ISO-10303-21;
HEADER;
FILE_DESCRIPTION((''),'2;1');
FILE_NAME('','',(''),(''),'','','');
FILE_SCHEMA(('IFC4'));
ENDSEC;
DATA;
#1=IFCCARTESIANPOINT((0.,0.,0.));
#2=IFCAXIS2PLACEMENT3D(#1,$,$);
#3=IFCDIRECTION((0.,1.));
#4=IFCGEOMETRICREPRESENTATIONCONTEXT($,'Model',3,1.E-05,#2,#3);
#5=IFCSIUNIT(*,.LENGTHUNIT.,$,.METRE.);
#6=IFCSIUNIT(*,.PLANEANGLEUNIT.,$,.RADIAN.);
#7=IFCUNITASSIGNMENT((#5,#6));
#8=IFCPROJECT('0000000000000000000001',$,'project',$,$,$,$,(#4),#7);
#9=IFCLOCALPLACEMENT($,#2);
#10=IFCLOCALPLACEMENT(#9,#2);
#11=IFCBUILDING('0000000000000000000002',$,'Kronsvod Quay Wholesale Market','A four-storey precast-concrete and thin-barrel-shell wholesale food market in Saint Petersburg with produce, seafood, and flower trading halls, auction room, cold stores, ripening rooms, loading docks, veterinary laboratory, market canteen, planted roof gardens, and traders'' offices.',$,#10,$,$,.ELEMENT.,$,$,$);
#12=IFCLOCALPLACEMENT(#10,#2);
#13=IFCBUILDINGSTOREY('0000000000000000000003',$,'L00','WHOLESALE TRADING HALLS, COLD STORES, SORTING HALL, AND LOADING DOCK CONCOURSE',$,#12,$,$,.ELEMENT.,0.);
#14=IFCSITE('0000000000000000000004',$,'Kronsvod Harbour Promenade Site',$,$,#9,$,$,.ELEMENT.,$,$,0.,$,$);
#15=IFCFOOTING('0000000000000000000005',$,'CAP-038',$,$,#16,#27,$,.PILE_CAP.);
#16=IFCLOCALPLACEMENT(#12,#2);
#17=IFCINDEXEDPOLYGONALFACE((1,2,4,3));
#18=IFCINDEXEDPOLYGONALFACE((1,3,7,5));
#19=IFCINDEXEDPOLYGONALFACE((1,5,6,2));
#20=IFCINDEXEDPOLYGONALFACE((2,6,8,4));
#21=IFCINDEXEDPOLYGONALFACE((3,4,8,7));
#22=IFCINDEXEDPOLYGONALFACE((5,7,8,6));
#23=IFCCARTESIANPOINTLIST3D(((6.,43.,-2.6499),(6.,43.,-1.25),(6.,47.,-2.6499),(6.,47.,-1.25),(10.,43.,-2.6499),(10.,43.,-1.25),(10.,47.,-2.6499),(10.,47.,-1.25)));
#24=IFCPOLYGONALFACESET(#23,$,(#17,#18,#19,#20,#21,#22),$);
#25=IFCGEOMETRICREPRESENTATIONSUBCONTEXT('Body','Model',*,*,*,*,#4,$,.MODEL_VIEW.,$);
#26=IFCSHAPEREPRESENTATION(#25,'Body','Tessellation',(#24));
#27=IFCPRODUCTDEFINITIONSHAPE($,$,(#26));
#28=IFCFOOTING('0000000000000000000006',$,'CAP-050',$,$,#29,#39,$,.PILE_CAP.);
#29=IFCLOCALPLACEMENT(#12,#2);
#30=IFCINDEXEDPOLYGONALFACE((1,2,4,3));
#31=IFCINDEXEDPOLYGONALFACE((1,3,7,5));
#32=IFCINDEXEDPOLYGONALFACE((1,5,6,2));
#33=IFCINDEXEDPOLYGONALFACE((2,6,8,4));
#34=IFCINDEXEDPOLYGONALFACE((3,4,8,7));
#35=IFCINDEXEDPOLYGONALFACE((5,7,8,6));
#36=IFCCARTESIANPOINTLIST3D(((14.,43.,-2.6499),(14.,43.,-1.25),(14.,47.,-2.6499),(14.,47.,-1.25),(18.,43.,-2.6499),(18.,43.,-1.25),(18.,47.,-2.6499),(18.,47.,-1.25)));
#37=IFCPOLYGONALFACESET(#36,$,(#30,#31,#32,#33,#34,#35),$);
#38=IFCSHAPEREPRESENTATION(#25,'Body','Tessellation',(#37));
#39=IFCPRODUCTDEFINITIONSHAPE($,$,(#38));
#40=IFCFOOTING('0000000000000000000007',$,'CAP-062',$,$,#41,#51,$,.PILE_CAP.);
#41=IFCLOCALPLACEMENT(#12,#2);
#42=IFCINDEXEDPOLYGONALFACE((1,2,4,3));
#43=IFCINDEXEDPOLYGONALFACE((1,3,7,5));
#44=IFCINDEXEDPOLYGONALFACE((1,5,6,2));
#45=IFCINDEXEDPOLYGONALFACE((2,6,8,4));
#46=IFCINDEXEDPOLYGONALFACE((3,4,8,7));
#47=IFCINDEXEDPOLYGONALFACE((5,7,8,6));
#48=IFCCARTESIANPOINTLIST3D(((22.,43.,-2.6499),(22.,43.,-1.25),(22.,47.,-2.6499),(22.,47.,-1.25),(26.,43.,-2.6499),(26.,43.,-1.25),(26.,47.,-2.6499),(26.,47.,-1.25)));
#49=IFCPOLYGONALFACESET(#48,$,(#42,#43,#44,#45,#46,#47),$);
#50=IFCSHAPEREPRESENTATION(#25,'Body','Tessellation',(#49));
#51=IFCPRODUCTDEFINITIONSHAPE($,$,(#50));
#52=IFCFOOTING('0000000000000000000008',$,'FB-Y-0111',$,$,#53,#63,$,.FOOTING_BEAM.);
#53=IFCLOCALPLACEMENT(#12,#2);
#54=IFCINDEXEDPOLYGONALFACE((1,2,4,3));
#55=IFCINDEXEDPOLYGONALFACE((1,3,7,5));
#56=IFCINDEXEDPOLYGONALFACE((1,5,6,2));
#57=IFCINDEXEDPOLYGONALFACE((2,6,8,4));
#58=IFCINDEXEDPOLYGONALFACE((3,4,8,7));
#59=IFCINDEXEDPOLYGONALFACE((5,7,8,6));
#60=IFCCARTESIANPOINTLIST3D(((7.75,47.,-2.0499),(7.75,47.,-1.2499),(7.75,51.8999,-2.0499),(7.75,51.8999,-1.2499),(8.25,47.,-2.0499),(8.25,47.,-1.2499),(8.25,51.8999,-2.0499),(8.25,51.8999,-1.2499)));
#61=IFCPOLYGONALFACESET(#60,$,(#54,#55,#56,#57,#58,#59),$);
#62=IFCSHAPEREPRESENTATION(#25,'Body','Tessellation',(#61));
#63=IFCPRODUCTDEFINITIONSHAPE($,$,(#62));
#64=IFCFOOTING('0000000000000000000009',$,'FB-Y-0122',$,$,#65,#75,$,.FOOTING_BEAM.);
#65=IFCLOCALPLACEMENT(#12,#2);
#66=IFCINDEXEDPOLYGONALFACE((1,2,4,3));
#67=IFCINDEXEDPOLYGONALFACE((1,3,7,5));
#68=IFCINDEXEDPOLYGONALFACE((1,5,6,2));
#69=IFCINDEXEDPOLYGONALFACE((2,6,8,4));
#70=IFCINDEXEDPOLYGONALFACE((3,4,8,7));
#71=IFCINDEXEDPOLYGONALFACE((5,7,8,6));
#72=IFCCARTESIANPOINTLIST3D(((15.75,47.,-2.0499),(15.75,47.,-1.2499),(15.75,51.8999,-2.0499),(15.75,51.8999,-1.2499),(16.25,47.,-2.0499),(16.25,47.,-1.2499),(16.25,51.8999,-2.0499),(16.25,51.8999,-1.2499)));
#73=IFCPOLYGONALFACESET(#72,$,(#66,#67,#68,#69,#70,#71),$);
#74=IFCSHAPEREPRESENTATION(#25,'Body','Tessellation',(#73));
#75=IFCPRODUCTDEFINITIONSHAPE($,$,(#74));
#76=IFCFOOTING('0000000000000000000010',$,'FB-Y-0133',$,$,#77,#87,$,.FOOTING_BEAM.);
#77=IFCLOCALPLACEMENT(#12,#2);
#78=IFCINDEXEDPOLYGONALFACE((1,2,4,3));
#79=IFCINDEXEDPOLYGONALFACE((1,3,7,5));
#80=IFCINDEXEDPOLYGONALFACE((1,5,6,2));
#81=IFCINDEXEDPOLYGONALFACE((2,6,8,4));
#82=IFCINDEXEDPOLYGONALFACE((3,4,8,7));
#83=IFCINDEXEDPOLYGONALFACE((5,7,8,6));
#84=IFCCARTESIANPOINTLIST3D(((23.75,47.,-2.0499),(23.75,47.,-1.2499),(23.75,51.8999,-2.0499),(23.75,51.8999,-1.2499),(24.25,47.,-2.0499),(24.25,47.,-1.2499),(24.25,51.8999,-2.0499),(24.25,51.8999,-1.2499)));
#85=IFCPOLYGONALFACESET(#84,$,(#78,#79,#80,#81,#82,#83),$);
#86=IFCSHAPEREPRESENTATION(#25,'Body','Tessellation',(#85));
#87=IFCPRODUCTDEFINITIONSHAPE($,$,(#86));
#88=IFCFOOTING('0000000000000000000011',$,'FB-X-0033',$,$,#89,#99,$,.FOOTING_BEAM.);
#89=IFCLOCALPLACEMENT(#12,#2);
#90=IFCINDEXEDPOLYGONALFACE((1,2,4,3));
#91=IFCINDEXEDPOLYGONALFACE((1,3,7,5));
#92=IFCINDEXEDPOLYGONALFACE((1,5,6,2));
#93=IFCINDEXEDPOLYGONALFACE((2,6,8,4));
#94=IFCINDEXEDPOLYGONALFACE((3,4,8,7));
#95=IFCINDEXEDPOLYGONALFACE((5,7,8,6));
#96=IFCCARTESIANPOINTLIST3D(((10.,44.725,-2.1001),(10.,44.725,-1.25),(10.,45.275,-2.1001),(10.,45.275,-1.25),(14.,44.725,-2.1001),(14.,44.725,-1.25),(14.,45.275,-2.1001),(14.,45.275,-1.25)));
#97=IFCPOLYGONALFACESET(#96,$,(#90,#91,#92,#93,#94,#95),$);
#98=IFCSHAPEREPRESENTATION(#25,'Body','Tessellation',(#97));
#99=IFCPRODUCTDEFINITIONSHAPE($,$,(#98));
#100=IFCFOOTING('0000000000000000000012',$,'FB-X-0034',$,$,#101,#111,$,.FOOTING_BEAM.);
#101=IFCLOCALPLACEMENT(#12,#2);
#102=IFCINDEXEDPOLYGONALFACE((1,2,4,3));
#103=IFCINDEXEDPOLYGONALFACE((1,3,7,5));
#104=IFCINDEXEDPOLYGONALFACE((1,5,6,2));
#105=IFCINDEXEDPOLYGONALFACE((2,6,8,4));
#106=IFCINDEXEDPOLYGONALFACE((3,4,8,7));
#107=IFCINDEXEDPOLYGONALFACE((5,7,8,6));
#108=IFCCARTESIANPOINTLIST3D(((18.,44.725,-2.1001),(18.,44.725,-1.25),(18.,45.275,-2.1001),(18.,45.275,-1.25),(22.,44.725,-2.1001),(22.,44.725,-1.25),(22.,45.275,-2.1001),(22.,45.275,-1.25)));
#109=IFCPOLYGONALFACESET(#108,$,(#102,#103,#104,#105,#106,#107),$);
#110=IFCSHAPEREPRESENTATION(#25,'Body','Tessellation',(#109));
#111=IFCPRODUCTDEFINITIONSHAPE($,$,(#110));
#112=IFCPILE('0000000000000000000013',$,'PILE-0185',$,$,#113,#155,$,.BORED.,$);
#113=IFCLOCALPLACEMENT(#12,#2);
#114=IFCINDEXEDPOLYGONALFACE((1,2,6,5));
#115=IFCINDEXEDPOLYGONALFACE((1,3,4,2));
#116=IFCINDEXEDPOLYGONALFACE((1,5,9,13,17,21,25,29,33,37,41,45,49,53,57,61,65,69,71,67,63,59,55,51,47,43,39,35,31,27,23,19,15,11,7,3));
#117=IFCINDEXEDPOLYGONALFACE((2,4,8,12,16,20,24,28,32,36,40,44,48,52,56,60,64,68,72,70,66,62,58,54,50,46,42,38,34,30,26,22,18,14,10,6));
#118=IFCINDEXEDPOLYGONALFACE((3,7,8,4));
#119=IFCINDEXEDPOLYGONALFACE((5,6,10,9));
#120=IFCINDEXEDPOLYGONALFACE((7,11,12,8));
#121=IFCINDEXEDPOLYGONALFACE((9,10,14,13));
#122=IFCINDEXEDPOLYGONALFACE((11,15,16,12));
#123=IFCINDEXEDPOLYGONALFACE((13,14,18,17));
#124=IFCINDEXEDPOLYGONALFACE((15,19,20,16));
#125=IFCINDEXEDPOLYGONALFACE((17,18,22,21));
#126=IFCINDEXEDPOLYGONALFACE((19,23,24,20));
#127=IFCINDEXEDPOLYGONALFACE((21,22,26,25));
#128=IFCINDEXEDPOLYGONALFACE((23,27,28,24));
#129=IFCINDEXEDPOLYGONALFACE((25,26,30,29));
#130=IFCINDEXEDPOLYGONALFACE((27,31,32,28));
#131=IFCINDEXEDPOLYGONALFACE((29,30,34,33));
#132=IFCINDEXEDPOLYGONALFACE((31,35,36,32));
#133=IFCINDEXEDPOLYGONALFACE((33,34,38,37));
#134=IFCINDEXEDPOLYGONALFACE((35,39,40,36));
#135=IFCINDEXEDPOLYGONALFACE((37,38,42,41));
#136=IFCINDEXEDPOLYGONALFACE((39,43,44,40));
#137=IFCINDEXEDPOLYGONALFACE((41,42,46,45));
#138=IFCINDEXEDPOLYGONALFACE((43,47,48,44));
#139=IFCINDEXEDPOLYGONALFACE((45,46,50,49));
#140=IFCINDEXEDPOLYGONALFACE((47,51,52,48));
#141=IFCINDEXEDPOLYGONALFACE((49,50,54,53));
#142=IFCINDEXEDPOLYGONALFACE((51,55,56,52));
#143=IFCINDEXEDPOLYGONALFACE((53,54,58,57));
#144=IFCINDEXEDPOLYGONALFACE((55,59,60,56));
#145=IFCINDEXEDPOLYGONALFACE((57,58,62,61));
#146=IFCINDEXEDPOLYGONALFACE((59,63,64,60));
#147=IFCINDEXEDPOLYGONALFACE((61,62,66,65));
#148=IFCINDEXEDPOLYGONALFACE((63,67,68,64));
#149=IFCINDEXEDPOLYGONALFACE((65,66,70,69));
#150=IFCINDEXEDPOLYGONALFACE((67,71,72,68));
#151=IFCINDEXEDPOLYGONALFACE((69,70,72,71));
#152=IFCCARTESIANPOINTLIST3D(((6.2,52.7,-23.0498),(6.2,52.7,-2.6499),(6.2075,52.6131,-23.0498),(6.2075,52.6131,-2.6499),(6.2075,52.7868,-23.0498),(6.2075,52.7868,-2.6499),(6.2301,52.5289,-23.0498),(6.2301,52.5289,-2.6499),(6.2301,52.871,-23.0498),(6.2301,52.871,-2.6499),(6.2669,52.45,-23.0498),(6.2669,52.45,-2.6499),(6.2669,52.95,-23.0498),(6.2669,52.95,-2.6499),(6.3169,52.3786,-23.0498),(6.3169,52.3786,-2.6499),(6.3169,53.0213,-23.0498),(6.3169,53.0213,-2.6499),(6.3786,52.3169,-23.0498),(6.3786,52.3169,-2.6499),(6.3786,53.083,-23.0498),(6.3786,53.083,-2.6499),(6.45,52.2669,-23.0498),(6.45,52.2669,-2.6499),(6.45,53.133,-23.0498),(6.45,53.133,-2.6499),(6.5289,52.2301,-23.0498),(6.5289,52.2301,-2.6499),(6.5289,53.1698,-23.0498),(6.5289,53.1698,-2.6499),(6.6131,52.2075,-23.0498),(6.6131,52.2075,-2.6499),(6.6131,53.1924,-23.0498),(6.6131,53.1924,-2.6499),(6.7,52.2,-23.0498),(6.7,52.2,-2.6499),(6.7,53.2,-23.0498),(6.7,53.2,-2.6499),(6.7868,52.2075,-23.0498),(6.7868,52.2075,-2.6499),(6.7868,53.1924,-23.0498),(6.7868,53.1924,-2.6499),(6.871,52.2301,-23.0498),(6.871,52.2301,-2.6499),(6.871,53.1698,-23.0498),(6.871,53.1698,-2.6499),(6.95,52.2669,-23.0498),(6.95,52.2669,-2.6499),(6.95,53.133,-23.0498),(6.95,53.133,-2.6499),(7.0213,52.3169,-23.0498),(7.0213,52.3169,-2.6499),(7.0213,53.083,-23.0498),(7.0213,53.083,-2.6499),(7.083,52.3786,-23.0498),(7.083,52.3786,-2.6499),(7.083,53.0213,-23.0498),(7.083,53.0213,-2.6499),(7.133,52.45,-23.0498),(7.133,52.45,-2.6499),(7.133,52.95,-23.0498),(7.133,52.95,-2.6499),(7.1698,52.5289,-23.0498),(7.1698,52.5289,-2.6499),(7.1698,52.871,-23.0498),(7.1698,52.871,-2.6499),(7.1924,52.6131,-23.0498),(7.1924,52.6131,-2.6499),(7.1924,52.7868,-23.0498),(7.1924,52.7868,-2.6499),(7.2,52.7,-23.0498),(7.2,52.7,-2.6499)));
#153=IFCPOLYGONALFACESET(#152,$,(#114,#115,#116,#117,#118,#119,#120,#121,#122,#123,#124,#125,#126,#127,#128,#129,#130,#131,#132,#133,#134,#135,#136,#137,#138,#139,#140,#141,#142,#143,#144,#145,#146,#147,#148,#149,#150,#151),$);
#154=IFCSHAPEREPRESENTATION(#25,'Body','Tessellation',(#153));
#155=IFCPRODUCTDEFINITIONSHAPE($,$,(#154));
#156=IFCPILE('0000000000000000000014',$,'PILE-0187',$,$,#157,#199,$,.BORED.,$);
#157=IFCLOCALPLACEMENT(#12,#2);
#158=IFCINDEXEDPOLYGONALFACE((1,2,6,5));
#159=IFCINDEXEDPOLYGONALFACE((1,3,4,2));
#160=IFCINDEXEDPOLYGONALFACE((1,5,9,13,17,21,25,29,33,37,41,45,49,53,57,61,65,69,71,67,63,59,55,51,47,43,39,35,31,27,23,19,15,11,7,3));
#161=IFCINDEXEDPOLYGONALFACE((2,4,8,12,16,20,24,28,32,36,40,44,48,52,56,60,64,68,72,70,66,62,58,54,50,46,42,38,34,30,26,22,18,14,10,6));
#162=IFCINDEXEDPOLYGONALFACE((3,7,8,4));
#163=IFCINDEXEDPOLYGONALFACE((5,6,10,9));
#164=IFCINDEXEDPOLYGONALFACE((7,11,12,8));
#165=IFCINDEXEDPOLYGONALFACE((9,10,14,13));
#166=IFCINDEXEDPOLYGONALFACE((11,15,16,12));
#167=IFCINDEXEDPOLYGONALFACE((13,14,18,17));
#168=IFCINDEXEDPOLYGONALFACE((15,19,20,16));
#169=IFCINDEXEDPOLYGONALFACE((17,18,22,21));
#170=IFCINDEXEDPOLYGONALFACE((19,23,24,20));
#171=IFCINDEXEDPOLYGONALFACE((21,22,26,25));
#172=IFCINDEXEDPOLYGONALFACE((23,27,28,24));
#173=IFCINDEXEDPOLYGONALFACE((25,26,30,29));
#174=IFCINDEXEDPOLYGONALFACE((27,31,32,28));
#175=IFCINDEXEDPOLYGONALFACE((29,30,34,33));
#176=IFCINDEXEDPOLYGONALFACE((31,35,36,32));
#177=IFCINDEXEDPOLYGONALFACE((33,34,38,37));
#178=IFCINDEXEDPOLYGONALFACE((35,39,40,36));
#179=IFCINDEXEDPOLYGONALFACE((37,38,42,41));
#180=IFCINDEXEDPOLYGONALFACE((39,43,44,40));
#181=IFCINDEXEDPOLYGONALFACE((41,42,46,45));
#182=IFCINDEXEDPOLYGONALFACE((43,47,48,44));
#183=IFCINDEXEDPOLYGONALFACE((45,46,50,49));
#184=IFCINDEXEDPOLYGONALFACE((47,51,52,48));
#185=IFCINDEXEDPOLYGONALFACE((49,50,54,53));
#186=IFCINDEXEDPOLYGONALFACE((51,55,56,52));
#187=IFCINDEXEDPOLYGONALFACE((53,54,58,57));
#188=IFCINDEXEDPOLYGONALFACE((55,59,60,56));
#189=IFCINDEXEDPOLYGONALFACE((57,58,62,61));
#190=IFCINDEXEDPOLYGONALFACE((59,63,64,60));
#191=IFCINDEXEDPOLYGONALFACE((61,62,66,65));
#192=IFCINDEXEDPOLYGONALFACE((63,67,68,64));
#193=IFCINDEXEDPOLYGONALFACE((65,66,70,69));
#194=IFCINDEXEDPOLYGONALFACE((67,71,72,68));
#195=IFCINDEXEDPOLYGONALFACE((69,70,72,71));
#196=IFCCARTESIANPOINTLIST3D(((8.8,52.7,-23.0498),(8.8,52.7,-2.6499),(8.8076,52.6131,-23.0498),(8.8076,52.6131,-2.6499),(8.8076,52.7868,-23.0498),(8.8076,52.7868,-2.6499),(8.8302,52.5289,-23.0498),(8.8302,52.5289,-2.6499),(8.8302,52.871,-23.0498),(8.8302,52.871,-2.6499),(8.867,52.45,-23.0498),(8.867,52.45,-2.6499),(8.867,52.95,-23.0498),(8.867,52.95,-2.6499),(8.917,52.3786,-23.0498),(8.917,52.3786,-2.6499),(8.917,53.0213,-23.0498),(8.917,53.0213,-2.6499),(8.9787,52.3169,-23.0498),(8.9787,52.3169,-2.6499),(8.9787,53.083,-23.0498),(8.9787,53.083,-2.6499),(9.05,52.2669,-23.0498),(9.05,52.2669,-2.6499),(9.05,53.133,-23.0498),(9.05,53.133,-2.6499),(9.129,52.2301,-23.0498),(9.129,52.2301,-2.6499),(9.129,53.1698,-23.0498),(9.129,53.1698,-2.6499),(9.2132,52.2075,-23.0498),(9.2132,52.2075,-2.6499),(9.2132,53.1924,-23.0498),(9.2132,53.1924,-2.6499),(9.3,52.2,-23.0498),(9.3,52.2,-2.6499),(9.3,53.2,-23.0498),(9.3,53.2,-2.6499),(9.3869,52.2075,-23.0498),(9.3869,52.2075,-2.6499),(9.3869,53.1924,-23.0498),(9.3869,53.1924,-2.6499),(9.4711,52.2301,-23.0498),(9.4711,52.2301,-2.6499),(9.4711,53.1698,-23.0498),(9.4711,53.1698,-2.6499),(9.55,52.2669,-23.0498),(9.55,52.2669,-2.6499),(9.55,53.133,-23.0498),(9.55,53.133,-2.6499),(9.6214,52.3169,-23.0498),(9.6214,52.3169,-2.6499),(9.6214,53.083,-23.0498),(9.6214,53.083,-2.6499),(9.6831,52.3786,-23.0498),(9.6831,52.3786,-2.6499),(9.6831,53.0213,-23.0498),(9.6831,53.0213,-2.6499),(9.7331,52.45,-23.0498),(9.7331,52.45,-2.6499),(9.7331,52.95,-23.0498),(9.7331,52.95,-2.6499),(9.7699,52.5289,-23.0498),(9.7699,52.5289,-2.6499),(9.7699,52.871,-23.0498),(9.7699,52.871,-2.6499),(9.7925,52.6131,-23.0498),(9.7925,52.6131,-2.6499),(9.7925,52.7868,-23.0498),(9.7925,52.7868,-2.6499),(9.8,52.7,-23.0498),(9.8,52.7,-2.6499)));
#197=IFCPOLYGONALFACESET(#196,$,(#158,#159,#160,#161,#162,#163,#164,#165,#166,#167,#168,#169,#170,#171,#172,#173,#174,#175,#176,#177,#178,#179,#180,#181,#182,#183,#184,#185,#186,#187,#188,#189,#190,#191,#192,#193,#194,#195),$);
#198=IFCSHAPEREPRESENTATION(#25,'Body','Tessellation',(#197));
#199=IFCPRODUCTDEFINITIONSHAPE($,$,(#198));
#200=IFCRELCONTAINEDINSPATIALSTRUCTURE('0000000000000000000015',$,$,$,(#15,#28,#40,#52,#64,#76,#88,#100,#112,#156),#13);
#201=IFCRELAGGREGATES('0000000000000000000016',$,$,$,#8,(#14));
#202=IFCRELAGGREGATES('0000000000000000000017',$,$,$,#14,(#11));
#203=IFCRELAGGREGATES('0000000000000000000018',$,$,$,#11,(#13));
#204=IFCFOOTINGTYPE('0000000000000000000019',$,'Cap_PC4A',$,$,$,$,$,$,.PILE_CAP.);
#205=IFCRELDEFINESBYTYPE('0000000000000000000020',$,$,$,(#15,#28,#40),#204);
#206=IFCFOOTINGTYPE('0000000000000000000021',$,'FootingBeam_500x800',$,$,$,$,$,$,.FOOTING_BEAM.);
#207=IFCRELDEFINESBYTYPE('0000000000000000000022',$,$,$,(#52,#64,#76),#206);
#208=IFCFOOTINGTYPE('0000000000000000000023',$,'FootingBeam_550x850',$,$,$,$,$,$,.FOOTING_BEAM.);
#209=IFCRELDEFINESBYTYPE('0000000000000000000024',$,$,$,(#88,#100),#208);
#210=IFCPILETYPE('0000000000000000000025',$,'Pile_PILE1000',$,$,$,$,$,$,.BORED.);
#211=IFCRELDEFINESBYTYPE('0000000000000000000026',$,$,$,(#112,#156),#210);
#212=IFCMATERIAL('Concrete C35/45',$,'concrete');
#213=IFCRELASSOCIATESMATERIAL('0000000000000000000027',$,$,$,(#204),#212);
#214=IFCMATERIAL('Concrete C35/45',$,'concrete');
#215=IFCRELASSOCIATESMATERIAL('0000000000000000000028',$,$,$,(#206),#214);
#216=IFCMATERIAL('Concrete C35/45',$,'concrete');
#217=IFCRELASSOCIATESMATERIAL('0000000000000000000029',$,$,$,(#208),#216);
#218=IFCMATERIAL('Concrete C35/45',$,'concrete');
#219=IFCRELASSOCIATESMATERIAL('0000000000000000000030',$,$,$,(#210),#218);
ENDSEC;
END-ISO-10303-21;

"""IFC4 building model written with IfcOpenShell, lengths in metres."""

from ifc_helpers import new_model, si_unit, direction, frame, origin, origin_2d, place, context, subcontext, project, spatial, rectangle, circle, extrude, material, material_profile, profile_set, type_object, element, save


model = new_model("IFC4")

# Units and contexts
model_context = context("Model", 3, precision=1e-05, world=origin(), true_north=direction((0.0, 1.0)))
body_context = subcontext(model_context, "Body", "Model", "MODEL_VIEW")
ifc_project = project(units=[si_unit("LENGTHUNIT", "METRE"), si_unit("PLANEANGLEUNIT", "RADIAN")], contexts=[model_context])

# Site, building, storey
site_placement = place(None, origin())
site = spatial("IfcSite", under=ifc_project, at=site_placement, Name="Kronsvod Harbour Promenade Site", CompositionType="ELEMENT", RefElevation=0.0)
building_placement = place(site_placement, origin())
building = spatial("IfcBuilding", under=site, at=building_placement, Name="Kronsvod Quay Wholesale Market", Description="A four-storey precast-concrete and thin-barrel-shell wholesale food market in Saint Petersburg with produce, seafood, and flower trading halls, auction room, cold stores, ripening rooms, loading docks, veterinary laboratory, market canteen, planted roof gardens, and traders' offices.", CompositionType="ELEMENT")
storey_placement = place(building_placement, origin())
storey = spatial("IfcBuildingStorey", under=building, at=storey_placement, Name="L00", Description="WHOLESALE TRADING HALLS, COLD STORES, SORTING HALL, AND LOADING DOCK CONCOURSE", CompositionType="ELEMENT", Elevation=0.0)

# Footings
ifc_material_1 = material(Name="Concrete C35/45", Category="concrete")
footing_type_1 = type_object("IfcFootingType", Name="Cap_PC4A", PredefinedType="PILE_CAP", material=ifc_material_1)
for number, where, z_axis, x_axis, name in (
    (1, (8.0, 45.0, -2.6499), (0.0, 0.0, 1.0), (1.0, 0.0, 0.0), "CAP-038"),
    (2, (16.0, 45.0, -2.6499), (0.0, 0.0, 1.0), (1.0, 0.0, 0.0), "CAP-050"),
    (3, (24.0, 45.0, -2.6499), (0.0, 0.0, 1.0), (1.0, 0.0, 0.0), "CAP-062"),
):
    element("IfcFooting", number, at=place(storey_placement, frame(where, z_axis=z_axis, x_axis=x_axis)), inside=storey, type_object=footing_type_1, Name=name, PredefinedType="PILE_CAP", context=body_context, shape_type="SweptSolid", body=[
        extrude(rectangle(XDim=4.0, YDim=4.0, at=origin_2d()), origin(), (0.0, 0.0, 1.0), 1.3999),
    ])
ifc_material_2 = material(Name="Concrete C35/45", Category="concrete")
ifc_material_profile_1 = material_profile(ifc_material_2, rectangle(XDim=0.5, YDim=0.8, at=origin_2d()), Name="FB-01")
ifc_profile_set_1 = profile_set([ifc_material_profile_1], Name="Concrete C35/45")
footing_type_2 = type_object("IfcFootingType", Name="FootingBeam_500x800", PredefinedType="FOOTING_BEAM", material=ifc_profile_set_1)
for number, where, z_axis, x_axis, name in (
    (4, (8.0, 47.0, -1.6499), (0.0, 1.0, 0.0), (-1.0, 0.0, 0.0), "FB-Y-0111"),
    (5, (16.0, 47.0, -1.6499), (0.0, 1.0, 0.0), (-1.0, 0.0, 0.0), "FB-Y-0122"),
    (6, (24.0, 47.0, -1.6499), (0.0, 1.0, 0.0), (-1.0, 0.0, 0.0), "FB-Y-0133"),
):
    element("IfcFooting", number, at=place(storey_placement, frame(where, z_axis=z_axis, x_axis=x_axis)), inside=storey, type_object=footing_type_2, Name=name, PredefinedType="FOOTING_BEAM", context=body_context, shape_type="SweptSolid", body=[
        extrude(rectangle(XDim=0.5, YDim=0.8, at=origin_2d()), origin(), (0.0, 0.0, 1.0), 4.8999),
    ])
ifc_material_3 = material(Name="Concrete C35/45", Category="concrete")
ifc_material_profile_2 = material_profile(ifc_material_3, rectangle(XDim=0.55, YDim=0.8501, at=origin_2d()), Name="FB-03")
ifc_profile_set_2 = profile_set([ifc_material_profile_2], Name="Concrete C35/45")
footing_type_3 = type_object("IfcFootingType", Name="FootingBeam_550x850", PredefinedType="FOOTING_BEAM", material=ifc_profile_set_2)
for number, where, z_axis, x_axis, name in (
    (7, (10.0, 45.0, -1.675), (1.0, 0.0, 0.0), (0.0, 1.0, 0.0), "FB-X-0033"),
    (8, (18.0, 45.0, -1.675), (1.0, 0.0, 0.0), (0.0, 1.0, 0.0), "FB-X-0034"),
):
    element("IfcFooting", number, at=place(storey_placement, frame(where, z_axis=z_axis, x_axis=x_axis)), inside=storey, type_object=footing_type_3, Name=name, PredefinedType="FOOTING_BEAM", context=body_context, shape_type="SweptSolid", body=[
        extrude(rectangle(XDim=0.55, YDim=0.8501, at=origin_2d()), origin(), (0.0, 0.0, 1.0), 4.0),
    ])

# Piles
ifc_material_4 = material(Name="Concrete C35/45", Category="concrete")
ifc_material_profile_3 = material_profile(ifc_material_4, circle(Radius=0.5, at=origin_2d()), Name="PILE1000")
ifc_profile_set_3 = profile_set([ifc_material_profile_3], Name="Concrete C35/45")
pile_type_1 = type_object("IfcPileType", Name="Pile_PILE1000", PredefinedType="BORED", material=ifc_profile_set_3)
for number, where, z_axis, x_axis, name in (
    (9, (6.7, 52.7, -2.6499), (0.0, 0.0, -1.0), (1.0, 0.0, 0.0), "PILE-0185"),
    (10, (9.3, 52.7, -2.6499), (0.0, 0.0, -1.0), (1.0, 0.0, 0.0), "PILE-0187"),
):
    element("IfcPile", number, at=place(storey_placement, frame(where, z_axis=z_axis, x_axis=x_axis)), inside=storey, type_object=pile_type_1, Name=name, PredefinedType="BORED", context=body_context, shape_type="SweptSolid", body=[
        extrude(circle(Radius=0.5, at=origin_2d()), origin(), (0.0, 0.0, 1.0), 20.3999),
    ])

save(model, "model.ifc")
